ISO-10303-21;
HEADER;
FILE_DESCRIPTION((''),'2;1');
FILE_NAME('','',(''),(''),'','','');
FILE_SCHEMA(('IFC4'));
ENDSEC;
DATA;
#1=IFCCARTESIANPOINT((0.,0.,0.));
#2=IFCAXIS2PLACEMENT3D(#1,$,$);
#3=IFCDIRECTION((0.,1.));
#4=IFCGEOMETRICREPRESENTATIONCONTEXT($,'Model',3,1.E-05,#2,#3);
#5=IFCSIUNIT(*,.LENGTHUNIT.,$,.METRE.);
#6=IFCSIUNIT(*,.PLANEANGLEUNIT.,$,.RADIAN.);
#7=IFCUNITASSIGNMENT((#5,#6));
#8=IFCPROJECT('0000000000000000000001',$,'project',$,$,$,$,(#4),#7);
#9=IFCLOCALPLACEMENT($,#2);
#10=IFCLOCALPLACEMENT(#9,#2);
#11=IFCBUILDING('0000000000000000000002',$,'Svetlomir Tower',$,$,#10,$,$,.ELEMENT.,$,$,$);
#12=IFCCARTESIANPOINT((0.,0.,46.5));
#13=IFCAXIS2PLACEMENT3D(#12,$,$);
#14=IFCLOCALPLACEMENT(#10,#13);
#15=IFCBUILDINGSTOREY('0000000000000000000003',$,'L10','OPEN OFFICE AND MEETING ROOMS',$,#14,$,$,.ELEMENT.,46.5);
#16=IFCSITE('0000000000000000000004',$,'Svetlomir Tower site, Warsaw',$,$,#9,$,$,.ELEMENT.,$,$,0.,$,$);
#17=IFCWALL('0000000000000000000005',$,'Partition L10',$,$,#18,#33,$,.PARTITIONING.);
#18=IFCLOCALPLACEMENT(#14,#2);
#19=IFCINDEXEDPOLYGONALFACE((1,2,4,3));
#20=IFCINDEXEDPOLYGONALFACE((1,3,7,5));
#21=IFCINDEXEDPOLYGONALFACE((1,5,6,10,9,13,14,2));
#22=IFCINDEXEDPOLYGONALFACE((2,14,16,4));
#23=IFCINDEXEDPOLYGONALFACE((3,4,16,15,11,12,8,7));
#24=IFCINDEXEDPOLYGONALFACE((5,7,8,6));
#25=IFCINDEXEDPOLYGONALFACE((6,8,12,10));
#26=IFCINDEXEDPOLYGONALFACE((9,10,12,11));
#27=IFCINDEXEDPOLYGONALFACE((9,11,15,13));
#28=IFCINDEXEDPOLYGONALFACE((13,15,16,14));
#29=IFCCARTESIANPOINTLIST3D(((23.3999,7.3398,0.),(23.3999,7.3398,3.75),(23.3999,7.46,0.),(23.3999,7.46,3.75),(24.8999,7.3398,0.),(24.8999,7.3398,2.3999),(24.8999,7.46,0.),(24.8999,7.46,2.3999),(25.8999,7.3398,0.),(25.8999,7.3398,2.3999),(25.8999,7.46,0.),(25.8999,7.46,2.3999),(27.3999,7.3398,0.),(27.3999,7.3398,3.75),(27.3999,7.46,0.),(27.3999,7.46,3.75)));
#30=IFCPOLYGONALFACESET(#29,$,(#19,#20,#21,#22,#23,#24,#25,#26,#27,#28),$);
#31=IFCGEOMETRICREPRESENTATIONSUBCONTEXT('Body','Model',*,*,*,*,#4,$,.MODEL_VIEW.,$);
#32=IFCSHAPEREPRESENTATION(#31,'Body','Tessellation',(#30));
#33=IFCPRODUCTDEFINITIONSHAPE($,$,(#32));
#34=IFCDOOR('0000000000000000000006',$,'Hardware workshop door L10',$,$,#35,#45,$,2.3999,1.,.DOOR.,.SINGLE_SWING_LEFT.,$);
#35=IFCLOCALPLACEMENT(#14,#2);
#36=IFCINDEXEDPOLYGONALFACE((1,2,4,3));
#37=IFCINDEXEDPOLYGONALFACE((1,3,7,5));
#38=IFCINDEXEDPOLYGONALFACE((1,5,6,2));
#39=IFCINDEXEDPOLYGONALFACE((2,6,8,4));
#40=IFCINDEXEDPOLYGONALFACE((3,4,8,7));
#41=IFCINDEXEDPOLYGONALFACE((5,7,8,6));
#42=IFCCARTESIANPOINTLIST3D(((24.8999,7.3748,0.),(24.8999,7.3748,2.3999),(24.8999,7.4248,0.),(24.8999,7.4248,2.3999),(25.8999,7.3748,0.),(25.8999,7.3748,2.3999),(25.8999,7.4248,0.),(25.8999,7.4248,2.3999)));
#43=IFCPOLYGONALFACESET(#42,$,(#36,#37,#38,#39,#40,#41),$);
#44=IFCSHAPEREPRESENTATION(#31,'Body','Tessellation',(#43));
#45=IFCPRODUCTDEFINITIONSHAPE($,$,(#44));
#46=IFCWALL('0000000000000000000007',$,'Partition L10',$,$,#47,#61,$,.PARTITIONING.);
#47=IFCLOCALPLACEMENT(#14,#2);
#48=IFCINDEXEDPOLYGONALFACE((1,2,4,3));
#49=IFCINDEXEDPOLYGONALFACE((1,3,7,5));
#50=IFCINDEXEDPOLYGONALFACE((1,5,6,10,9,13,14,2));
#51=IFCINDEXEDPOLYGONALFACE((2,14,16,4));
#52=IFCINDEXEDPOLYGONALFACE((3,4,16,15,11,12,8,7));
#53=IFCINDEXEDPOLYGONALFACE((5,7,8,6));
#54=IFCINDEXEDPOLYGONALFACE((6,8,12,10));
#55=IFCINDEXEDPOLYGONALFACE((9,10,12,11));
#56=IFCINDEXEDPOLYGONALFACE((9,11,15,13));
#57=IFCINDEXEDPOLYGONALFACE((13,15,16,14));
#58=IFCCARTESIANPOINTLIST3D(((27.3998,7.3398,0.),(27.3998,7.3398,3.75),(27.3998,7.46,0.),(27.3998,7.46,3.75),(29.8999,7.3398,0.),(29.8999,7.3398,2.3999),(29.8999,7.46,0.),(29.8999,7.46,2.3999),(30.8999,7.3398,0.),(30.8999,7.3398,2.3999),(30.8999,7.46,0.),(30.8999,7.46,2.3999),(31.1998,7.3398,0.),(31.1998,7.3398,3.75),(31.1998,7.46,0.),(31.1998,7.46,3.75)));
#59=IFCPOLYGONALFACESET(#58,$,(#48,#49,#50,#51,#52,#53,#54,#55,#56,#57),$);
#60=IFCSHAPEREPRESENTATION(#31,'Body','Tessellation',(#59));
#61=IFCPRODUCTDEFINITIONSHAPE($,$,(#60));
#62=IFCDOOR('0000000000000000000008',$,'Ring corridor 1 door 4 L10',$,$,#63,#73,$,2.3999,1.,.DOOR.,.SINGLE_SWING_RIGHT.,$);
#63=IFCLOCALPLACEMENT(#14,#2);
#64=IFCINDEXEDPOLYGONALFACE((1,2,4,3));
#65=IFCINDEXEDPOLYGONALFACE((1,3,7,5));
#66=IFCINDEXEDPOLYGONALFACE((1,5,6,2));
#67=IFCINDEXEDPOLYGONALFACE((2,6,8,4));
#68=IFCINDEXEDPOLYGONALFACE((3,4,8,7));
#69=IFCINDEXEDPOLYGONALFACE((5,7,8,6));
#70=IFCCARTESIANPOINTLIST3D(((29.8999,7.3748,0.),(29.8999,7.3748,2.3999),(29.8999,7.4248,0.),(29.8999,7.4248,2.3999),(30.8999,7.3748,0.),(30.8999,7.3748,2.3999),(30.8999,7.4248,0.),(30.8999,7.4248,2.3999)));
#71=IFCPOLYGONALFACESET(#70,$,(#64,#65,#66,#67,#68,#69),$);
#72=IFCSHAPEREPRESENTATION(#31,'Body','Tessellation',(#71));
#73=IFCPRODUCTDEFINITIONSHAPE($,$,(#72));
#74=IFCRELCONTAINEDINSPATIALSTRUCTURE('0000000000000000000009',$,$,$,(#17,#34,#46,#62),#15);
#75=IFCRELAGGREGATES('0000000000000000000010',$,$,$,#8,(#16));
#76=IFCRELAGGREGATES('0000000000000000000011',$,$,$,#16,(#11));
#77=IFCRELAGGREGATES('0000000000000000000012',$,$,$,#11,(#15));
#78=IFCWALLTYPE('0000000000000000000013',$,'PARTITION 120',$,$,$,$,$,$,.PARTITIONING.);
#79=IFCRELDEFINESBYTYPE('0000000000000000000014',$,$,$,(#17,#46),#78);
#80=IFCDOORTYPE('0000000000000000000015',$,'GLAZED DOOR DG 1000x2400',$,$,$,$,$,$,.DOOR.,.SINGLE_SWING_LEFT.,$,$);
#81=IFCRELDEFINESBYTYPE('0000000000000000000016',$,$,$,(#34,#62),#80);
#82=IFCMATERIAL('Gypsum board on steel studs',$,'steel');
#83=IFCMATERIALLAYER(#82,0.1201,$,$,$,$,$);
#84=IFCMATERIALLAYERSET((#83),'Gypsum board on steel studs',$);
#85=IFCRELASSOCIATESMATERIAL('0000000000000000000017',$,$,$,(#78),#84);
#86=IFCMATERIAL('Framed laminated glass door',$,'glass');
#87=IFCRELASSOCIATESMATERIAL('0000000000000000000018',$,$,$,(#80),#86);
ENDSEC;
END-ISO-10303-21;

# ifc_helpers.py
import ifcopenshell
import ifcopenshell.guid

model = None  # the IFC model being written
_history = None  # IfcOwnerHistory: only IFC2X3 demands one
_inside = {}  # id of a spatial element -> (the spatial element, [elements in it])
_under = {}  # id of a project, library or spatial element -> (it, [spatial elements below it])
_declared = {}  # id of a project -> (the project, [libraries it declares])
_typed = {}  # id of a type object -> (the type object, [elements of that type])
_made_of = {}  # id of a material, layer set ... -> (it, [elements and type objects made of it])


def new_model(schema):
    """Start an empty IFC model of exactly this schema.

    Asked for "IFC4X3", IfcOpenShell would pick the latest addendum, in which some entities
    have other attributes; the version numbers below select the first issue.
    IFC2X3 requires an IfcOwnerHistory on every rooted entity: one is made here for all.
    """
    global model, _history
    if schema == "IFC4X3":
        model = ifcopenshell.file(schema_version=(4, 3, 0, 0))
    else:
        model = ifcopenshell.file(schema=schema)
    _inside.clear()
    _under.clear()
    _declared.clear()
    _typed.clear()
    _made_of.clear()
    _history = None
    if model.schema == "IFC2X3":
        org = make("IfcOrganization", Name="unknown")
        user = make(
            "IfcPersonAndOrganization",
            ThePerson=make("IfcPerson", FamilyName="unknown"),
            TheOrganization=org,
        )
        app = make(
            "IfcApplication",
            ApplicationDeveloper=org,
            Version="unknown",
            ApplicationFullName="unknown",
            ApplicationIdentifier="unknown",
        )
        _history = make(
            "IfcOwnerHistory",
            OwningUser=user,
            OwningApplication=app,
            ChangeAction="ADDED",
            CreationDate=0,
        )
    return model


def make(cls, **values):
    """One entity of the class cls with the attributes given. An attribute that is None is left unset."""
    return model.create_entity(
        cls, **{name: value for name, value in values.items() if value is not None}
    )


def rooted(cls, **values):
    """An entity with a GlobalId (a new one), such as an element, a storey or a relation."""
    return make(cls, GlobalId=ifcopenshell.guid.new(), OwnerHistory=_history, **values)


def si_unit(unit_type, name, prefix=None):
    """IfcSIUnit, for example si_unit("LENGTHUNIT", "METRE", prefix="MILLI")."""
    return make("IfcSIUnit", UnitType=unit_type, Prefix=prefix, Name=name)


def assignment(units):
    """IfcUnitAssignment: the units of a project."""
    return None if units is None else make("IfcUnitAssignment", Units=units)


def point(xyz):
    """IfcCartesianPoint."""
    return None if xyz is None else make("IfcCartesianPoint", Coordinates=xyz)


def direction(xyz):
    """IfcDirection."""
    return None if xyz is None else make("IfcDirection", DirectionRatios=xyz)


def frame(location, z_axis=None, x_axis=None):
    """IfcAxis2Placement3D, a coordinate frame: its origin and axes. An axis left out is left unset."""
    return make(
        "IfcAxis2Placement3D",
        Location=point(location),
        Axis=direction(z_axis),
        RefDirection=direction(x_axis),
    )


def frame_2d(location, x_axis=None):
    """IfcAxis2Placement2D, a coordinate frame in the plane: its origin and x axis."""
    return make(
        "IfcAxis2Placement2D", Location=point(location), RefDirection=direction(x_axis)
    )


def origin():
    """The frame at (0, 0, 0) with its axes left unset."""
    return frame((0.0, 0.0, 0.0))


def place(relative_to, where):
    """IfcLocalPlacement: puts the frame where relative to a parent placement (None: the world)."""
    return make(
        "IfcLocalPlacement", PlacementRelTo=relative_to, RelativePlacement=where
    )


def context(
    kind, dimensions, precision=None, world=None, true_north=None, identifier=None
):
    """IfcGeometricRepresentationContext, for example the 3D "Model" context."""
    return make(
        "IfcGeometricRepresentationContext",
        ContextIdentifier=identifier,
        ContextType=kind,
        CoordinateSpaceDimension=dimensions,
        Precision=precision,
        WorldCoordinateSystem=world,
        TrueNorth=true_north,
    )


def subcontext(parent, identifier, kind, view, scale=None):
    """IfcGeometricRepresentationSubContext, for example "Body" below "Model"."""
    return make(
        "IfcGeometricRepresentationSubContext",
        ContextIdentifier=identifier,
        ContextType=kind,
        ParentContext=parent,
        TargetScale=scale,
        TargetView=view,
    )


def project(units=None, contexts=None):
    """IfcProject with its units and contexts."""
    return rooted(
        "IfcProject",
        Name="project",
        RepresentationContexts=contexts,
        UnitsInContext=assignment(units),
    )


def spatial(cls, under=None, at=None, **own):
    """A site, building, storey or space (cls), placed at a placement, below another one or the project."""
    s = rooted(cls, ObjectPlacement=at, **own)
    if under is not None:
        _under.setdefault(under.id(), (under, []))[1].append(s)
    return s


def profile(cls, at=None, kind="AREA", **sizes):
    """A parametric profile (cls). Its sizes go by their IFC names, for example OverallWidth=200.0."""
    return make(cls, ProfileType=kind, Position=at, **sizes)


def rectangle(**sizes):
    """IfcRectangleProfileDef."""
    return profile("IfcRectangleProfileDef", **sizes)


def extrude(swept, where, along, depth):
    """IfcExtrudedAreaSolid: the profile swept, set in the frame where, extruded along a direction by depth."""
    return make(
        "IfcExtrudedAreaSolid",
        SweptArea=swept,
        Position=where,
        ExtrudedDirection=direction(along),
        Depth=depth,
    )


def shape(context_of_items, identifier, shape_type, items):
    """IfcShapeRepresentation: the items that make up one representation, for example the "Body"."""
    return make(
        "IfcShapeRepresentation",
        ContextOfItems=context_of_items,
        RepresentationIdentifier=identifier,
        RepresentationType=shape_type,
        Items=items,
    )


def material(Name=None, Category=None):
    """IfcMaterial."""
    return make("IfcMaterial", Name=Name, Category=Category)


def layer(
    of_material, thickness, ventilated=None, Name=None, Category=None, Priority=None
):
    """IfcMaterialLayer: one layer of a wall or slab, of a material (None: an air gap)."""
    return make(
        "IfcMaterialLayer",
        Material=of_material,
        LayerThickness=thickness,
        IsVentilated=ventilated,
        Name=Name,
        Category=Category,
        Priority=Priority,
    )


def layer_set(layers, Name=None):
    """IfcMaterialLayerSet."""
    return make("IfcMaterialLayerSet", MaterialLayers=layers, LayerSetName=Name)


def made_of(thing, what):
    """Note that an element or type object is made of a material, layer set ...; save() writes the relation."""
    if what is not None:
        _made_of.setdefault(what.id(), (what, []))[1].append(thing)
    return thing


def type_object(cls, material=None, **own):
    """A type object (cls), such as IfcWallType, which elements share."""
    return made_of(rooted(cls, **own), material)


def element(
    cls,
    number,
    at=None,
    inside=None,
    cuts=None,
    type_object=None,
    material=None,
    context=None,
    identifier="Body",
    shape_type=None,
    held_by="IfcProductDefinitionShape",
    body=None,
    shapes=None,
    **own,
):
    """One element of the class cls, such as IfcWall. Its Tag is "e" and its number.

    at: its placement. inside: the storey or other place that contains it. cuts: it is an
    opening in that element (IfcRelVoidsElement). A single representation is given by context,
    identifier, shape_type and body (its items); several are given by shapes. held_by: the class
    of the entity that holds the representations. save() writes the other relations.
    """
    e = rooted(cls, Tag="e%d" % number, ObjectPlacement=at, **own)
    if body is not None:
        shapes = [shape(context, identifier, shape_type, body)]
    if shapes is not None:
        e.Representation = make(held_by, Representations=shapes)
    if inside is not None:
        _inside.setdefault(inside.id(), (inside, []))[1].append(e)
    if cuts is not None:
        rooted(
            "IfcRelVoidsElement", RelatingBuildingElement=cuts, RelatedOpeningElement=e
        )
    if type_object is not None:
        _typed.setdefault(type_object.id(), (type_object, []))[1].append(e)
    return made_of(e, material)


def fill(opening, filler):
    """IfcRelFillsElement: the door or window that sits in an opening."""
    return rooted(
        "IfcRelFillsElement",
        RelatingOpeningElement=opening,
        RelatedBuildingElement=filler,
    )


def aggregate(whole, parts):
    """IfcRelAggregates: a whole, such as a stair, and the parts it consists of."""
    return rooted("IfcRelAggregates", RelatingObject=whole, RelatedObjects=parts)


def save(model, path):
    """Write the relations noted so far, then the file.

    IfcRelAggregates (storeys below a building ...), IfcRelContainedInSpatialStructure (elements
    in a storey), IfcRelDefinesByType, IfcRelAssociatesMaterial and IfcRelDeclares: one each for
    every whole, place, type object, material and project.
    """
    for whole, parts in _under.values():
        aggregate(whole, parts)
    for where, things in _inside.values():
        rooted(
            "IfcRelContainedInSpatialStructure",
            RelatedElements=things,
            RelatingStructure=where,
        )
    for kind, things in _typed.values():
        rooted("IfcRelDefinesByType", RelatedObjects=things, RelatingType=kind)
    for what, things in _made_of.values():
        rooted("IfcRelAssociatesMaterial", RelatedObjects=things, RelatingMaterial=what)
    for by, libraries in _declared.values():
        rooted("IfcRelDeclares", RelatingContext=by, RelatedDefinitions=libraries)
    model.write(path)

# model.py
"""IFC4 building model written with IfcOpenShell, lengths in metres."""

from ifc_helpers import new_model, si_unit, direction, frame, frame_2d, origin, place, context, subcontext, project, spatial, rectangle, extrude, material, layer, layer_set, type_object, element, fill, save


model = new_model("IFC4")

# Units and contexts
model_context = context("Model", 3, precision=1e-05, world=origin(), true_north=direction((0.0, 1.0)))
body_context = subcontext(model_context, "Body", "Model", "MODEL_VIEW")
ifc_project = project(units=[si_unit("LENGTHUNIT", "METRE"), si_unit("PLANEANGLEUNIT", "RADIAN")], contexts=[model_context])

# Site, building, storey
site_placement = place(None, origin())
site = spatial("IfcSite", under=ifc_project, at=site_placement, Name="Svetlomir Tower site, Warsaw", CompositionType="ELEMENT", RefElevation=0.0)
building_placement = place(site_placement, origin())
building = spatial("IfcBuilding", under=site, at=building_placement, Name="Svetlomir Tower", CompositionType="ELEMENT")
storey_placement = place(building_placement, frame((0.0, 0.0, 46.5)))
storey = spatial("IfcBuildingStorey", under=building, at=storey_placement, Name="L10", Description="OPEN OFFICE AND MEETING ROOMS", CompositionType="ELEMENT", Elevation=46.5)

# Shared definitions
ifc_material_1 = material(Name="Gypsum board on steel studs", Category="steel")
ifc_layer_1 = layer(ifc_material_1, 0.1201)
ifc_layer_set_1 = layer_set([ifc_layer_1], Name="Gypsum board on steel studs")
wall_type_1 = type_object("IfcWallType", Name="PARTITION 120", PredefinedType="PARTITIONING", material=ifc_layer_set_1)

# Walls, openings, doors
wall_1_placement = place(storey_placement, frame((23.3999, 7.3999, 0.0), z_axis=(0.0, 0.0, 1.0), x_axis=(1.0, 0.0, 0.0)))
wall_1 = element("IfcWall", 1, at=wall_1_placement, inside=storey, type_object=wall_type_1, Name="Partition L10", PredefinedType="PARTITIONING", context=body_context, shape_type="SweptSolid", body=[
    extrude(rectangle(XDim=4.0, YDim=0.1201, at=frame_2d((2.0, 0.0))), origin(), (0.0, 0.0, 1.0), 3.75),
])
opening_1_placement = place(wall_1_placement, frame((1.5, 0.0, 0.0)))
opening_1 = element("IfcOpeningElement", 2, at=opening_1_placement, cuts=wall_1, PredefinedType="OPENING", context=body_context, shape_type="SweptSolid", body=[
    extrude(rectangle(XDim=1.0, YDim=2.3999, at=frame_2d((0.5, 1.2))), frame((0.0, 0.0701, 0.0), z_axis=(0.0, -1.0, 0.0), x_axis=(1.0, 0.0, 0.0)), (0.0, 0.0, 1.0), 0.1401),
])
ifc_material_2 = material(Name="Framed laminated glass door", Category="glass")
door_type_1 = type_object("IfcDoorType", Name="GLAZED DOOR DG 1000x2400", OperationType="SINGLE_SWING_LEFT", PredefinedType="DOOR", material=ifc_material_2)
door_1_placement = place(opening_1_placement, origin())
door_1 = element("IfcDoor", 3, at=door_1_placement, inside=storey, type_object=door_type_1, Name="Hardware workshop door L10", OperationType="SINGLE_SWING_LEFT", OverallHeight=2.3999, OverallWidth=1.0, PredefinedType="DOOR", context=body_context, shape_type="SweptSolid", body=[
    extrude(rectangle(XDim=1.0, YDim=2.3999, at=frame_2d((0.5, 1.2))), frame((0.0, 0.0249, 0.0), z_axis=(0.0, -1.0, 0.0), x_axis=(1.0, 0.0, 0.0)), (0.0, 0.0, 1.0), 0.05),
])
fill(opening_1, door_1)
wall_2_placement = place(storey_placement, frame((27.3999, 7.3999, 0.0), z_axis=(0.0, 0.0, 1.0), x_axis=(1.0, 0.0, 0.0)))
wall_2 = element("IfcWall", 4, at=wall_2_placement, inside=storey, type_object=wall_type_1, Name="Partition L10", PredefinedType="PARTITIONING", context=body_context, shape_type="SweptSolid", body=[
    extrude(rectangle(XDim=3.8, YDim=0.1201, at=frame_2d((1.8999, 0.0))), origin(), (0.0, 0.0, 1.0), 3.75),
])
opening_2_placement = place(wall_2_placement, frame((2.5, 0.0, 0.0)))
opening_2 = element("IfcOpeningElement", 5, at=opening_2_placement, cuts=wall_2, PredefinedType="OPENING", context=body_context, shape_type="SweptSolid", body=[
    extrude(rectangle(XDim=1.0, YDim=2.3999, at=frame_2d((0.5, 1.2))), frame((0.0, 0.0701, 0.0), z_axis=(0.0, -1.0, 0.0), x_axis=(1.0, 0.0, 0.0)), (0.0, 0.0, 1.0), 0.1401),
])
door_2_placement = place(opening_2_placement, origin())
door_2 = element("IfcDoor", 6, at=door_2_placement, inside=storey, type_object=door_type_1, Name="Ring corridor 1 door 4 L10", OperationType="SINGLE_SWING_RIGHT", OverallHeight=2.3999, OverallWidth=1.0, PredefinedType="DOOR", context=body_context, shape_type="SweptSolid", body=[
    extrude(rectangle(XDim=1.0, YDim=2.3999, at=frame_2d((0.5, 1.2))), frame((0.0, 0.0249, 0.0), z_axis=(0.0, -1.0, 0.0), x_axis=(1.0, 0.0, 0.0)), (0.0, 0.0, 1.0), 0.05),
])
fill(opening_2, door_2)

save(model, "model.ifc")
